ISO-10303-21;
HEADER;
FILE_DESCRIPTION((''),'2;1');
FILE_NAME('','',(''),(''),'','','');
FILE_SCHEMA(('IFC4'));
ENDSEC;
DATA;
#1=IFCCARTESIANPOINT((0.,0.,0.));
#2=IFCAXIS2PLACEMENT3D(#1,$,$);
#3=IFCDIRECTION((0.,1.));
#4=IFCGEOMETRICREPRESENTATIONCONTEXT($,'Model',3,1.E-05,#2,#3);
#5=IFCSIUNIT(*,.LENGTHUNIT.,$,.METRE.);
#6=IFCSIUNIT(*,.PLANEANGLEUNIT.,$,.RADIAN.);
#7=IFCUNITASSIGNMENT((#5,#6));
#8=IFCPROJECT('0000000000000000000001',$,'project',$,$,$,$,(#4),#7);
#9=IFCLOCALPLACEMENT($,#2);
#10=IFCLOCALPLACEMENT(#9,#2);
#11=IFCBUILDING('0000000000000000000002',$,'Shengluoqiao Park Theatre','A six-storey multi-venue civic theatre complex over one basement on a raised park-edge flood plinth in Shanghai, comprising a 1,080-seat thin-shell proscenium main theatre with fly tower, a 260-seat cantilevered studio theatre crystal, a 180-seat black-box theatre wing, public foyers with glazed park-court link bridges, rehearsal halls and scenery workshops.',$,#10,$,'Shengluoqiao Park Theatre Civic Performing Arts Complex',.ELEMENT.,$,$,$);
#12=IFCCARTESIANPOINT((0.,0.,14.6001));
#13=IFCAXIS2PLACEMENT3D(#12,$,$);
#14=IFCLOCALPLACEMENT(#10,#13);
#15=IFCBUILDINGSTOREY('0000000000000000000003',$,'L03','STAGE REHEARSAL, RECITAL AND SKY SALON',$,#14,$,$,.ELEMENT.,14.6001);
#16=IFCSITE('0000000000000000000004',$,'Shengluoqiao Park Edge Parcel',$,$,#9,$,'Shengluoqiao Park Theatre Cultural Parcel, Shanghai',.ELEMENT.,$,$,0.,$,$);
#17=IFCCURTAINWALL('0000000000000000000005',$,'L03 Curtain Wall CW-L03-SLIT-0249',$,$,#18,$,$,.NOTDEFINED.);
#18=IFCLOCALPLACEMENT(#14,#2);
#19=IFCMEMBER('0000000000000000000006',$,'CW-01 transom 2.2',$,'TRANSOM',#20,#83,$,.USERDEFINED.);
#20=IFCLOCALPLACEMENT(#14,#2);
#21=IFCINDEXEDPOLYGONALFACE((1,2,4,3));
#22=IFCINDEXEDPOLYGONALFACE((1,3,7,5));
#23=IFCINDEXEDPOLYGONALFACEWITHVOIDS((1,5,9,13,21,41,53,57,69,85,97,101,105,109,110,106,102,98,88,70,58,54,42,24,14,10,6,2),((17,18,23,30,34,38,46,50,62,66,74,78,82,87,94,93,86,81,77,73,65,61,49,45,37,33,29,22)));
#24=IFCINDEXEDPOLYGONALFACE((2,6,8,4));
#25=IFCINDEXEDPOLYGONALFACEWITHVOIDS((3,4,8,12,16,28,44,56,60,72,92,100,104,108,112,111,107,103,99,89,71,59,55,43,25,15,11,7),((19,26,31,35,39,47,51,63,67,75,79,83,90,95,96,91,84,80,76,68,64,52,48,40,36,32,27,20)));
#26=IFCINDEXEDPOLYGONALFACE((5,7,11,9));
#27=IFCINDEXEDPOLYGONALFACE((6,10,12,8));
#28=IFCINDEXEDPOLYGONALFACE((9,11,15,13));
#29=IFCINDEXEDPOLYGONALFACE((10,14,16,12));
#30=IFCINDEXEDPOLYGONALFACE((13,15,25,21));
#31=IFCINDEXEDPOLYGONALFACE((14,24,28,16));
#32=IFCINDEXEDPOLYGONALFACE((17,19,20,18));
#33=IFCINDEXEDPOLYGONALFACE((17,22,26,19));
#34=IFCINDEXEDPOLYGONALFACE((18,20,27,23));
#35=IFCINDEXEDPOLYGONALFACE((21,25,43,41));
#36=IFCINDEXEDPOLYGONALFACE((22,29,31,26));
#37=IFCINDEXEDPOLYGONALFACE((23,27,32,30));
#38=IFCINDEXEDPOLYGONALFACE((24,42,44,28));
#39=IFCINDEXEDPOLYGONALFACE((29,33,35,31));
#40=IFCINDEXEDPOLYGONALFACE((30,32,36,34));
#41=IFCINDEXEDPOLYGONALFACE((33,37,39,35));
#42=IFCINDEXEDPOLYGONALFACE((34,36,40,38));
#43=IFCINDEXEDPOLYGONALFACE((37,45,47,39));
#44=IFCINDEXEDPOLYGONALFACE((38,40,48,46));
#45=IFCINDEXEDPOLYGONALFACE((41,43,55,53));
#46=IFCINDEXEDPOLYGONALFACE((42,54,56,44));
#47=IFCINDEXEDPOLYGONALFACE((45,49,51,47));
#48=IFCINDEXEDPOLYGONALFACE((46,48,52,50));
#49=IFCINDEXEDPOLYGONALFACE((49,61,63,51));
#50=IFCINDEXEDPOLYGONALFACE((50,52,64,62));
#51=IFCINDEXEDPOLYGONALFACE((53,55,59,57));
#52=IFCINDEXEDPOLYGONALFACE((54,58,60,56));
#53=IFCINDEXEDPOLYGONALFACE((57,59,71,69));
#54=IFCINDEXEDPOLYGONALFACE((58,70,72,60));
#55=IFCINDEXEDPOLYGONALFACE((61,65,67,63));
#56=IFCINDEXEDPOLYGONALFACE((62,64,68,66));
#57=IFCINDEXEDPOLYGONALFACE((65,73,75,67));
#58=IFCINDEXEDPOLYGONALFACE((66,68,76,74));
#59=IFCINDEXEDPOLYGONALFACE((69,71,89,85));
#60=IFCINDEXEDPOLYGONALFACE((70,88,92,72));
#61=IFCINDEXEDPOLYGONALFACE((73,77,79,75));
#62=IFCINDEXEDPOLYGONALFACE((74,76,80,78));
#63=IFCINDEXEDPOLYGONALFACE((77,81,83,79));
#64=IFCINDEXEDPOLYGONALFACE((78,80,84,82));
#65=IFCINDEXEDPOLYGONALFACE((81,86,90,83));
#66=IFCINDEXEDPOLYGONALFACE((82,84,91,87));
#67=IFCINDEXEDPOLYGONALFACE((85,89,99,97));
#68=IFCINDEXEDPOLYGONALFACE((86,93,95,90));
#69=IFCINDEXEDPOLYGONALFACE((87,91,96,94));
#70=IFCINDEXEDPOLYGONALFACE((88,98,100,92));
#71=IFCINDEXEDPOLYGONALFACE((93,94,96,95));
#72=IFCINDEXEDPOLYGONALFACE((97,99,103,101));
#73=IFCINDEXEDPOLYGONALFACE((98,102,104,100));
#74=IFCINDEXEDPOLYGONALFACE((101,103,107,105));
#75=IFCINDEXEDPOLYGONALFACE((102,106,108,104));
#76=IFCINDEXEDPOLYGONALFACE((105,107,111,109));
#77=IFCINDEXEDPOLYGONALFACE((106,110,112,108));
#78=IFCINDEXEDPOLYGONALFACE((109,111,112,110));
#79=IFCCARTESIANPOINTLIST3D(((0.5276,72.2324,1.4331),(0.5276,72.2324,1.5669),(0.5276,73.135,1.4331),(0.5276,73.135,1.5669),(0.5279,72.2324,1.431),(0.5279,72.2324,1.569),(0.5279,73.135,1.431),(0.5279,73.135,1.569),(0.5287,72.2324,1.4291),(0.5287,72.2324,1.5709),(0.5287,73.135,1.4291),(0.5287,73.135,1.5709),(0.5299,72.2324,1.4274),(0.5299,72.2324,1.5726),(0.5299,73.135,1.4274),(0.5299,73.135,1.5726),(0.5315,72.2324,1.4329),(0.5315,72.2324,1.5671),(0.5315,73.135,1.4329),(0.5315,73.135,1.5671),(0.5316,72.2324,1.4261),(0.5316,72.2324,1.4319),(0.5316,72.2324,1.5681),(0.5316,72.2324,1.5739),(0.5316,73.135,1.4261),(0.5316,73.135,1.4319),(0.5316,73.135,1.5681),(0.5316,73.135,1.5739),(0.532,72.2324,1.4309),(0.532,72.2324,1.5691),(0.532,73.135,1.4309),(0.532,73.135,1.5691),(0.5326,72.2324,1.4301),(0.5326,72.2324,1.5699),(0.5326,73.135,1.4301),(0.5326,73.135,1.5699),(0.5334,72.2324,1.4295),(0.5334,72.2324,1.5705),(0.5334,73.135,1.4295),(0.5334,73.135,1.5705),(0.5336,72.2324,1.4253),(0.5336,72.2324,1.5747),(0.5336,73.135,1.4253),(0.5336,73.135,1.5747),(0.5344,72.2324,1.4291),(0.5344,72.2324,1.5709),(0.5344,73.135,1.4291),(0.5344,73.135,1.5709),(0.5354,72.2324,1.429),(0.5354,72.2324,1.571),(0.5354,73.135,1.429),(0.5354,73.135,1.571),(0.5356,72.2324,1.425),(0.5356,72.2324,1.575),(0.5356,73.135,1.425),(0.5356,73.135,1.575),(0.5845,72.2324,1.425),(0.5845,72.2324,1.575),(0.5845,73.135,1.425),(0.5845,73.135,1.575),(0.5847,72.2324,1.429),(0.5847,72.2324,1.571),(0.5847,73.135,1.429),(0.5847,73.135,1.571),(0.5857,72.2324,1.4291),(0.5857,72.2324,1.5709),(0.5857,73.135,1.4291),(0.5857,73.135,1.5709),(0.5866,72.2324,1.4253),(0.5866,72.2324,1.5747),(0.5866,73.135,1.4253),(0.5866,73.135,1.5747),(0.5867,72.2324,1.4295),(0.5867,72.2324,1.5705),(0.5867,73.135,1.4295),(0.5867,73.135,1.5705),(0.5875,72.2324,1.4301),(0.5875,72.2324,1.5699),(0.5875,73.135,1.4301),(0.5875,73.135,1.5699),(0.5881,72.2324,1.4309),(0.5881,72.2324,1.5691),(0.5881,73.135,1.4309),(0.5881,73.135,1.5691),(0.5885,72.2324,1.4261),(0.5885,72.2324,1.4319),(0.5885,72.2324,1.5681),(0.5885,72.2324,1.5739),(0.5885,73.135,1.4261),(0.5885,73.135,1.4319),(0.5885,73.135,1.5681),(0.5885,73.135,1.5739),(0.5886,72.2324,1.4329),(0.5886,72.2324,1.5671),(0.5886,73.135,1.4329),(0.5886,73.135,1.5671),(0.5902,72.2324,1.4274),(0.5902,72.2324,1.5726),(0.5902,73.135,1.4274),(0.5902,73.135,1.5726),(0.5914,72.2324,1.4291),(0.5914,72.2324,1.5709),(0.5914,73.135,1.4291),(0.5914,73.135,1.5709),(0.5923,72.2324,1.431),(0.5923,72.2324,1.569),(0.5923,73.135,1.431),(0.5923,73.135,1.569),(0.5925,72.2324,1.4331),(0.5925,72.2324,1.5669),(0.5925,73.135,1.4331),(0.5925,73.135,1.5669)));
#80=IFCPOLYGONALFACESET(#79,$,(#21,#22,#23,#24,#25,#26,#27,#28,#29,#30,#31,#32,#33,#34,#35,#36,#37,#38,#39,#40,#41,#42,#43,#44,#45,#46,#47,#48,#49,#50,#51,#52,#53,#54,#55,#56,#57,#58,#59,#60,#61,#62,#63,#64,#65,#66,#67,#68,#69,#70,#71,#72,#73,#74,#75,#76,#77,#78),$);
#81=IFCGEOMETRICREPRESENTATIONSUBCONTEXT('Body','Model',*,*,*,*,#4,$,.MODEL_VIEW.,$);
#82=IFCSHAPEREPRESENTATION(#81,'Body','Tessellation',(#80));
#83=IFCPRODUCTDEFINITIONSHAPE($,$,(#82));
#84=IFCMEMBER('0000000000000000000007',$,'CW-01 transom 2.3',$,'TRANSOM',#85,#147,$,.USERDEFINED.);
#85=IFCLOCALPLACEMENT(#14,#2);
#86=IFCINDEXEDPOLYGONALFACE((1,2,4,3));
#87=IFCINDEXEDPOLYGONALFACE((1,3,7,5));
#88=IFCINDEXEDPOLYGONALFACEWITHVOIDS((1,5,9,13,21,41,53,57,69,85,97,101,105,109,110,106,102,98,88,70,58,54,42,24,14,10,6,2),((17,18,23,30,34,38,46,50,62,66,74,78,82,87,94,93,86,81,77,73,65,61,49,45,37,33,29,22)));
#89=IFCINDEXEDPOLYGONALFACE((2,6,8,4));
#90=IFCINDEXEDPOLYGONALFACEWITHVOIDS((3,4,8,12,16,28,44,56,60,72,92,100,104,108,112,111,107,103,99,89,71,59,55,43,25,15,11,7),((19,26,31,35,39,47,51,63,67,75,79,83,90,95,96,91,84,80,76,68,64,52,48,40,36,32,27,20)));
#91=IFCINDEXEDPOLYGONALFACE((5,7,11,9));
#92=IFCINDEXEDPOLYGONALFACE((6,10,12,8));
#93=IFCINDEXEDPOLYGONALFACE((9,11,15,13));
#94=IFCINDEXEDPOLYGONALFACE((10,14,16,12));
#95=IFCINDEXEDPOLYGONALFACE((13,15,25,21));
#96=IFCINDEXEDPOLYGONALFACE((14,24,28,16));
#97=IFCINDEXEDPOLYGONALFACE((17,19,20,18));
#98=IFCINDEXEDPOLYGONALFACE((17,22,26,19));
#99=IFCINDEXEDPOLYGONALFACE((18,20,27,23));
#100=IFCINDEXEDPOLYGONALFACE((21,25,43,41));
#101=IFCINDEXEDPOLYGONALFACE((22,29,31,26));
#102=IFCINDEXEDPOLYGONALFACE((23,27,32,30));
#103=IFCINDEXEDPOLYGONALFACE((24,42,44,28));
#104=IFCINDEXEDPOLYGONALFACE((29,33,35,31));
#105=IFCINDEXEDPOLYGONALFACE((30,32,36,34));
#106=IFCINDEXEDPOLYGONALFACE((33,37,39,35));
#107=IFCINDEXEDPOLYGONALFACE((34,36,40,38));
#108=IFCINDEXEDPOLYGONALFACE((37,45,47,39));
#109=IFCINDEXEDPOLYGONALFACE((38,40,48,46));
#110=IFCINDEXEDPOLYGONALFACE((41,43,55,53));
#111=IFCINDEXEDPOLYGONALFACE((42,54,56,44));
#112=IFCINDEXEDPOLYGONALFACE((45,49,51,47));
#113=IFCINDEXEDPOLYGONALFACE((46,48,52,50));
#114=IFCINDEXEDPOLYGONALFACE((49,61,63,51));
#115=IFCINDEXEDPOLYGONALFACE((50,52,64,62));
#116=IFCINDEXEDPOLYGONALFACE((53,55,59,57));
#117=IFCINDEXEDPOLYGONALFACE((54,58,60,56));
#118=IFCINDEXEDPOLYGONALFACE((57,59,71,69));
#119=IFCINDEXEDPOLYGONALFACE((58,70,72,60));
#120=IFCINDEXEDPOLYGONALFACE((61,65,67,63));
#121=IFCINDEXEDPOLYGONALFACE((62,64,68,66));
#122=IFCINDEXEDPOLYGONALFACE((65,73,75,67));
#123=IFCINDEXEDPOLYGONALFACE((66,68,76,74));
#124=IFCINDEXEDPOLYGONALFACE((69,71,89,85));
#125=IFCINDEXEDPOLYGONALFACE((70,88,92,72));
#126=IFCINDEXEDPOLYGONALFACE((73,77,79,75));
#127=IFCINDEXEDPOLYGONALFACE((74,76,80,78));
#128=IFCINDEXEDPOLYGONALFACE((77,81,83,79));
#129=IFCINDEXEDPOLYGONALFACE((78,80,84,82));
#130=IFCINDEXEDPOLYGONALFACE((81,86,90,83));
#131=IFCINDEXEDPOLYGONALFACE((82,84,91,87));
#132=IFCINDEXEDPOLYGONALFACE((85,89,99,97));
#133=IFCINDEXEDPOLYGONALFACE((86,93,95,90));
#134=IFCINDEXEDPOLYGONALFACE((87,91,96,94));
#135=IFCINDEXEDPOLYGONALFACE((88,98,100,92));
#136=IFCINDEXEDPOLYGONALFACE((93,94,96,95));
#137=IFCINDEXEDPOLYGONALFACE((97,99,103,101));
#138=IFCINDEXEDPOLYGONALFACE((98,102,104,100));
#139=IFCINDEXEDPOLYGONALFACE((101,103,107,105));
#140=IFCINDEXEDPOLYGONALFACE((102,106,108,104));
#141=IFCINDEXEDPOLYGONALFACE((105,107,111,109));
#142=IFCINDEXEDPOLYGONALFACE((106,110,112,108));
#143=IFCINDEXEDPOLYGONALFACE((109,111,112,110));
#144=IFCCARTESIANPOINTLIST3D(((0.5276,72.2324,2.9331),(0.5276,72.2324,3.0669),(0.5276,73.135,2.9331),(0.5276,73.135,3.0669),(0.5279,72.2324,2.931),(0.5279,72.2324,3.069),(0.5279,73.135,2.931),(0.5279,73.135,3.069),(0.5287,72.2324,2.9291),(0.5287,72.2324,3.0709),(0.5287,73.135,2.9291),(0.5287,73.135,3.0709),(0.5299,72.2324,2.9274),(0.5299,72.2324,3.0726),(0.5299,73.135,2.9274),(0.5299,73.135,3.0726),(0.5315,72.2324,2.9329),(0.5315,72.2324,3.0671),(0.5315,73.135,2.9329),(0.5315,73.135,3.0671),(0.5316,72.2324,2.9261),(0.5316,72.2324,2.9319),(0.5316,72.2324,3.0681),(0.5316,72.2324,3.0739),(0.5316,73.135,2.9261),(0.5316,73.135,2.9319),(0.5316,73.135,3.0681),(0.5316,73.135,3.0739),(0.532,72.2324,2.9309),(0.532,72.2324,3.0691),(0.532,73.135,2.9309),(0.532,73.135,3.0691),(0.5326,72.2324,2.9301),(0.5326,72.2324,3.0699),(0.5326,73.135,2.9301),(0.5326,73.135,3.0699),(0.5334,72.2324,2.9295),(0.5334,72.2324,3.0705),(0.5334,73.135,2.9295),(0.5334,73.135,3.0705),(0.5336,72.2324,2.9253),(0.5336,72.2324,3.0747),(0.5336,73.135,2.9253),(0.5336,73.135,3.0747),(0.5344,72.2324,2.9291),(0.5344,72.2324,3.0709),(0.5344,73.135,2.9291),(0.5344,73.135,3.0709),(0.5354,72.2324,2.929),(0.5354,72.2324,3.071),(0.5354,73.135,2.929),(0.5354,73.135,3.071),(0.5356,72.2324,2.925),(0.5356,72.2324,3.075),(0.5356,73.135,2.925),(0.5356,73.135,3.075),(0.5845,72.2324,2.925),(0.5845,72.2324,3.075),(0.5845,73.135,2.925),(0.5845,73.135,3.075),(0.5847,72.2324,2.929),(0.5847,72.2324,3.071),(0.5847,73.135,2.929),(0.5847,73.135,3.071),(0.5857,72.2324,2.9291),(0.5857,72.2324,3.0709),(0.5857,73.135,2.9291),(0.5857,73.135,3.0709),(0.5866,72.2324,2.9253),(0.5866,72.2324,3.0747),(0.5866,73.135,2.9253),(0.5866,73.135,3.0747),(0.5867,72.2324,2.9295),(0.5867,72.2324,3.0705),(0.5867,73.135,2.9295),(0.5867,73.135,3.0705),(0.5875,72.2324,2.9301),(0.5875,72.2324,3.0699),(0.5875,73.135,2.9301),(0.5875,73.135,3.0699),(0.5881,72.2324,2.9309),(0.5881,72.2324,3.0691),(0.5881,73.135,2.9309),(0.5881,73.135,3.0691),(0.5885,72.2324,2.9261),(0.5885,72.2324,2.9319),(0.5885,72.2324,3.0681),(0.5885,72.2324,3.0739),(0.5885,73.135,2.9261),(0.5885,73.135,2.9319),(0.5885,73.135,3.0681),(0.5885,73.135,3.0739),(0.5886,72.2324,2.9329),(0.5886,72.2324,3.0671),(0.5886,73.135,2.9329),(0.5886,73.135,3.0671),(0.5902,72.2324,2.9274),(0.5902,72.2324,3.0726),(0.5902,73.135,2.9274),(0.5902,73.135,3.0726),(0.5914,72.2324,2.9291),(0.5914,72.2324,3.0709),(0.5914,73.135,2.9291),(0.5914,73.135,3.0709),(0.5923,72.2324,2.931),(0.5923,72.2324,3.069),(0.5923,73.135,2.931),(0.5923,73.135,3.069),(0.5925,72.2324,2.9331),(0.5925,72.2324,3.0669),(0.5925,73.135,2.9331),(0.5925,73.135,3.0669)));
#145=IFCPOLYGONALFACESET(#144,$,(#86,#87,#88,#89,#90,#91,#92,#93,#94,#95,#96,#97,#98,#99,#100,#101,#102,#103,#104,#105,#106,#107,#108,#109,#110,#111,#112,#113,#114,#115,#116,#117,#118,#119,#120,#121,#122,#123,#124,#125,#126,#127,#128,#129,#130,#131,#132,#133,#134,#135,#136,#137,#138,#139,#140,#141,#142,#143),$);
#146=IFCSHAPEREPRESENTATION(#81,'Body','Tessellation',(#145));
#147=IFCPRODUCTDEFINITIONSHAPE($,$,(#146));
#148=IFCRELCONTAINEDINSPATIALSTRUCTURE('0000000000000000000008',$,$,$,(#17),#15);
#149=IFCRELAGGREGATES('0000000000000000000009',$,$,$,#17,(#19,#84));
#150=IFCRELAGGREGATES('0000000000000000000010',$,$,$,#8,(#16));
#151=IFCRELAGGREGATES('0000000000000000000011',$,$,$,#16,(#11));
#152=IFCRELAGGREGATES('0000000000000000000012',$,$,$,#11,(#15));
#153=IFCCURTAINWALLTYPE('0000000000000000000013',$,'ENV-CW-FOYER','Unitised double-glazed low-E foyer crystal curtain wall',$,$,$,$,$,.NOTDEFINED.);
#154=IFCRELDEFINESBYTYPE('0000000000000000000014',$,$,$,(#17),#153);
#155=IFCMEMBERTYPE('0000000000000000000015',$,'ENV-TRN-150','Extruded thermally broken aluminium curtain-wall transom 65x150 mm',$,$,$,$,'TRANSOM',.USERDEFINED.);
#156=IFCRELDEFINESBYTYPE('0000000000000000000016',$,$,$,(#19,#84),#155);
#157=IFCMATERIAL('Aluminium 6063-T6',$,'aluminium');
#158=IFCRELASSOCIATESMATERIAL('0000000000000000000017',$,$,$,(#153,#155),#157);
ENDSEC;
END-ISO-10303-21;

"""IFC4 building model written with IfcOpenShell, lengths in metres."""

from ifc_helpers import new_model, si_unit, direction, frame, origin, origin_2d, place, context, subcontext, project, spatial, hollow_rectangle, extrude, material, material_profile, profile_set, type_object, element, aggregate, save


model = new_model("IFC4")

# Units and contexts
model_context = context("Model", 3, precision=1e-05, world=origin(), true_north=direction((0.0, 1.0)))
body_context = subcontext(model_context, "Body", "Model", "MODEL_VIEW")
ifc_project = project(units=[si_unit("LENGTHUNIT", "METRE"), si_unit("PLANEANGLEUNIT", "RADIAN")], contexts=[model_context])

# Site, building, storey
site_placement = place(None, origin())
site = spatial("IfcSite", under=ifc_project, at=site_placement, Name="Shengluoqiao Park Edge Parcel", LongName="Shengluoqiao Park Theatre Cultural Parcel, Shanghai", CompositionType="ELEMENT", RefElevation=0.0)
building_placement = place(site_placement, origin())
building = spatial("IfcBuilding", under=site, at=building_placement, Name="Shengluoqiao Park Theatre", Description="A six-storey multi-venue civic theatre complex over one basement on a raised park-edge flood plinth in Shanghai, comprising a 1,080-seat thin-shell proscenium main theatre with fly tower, a 260-seat cantilevered studio theatre crystal, a 180-seat black-box theatre wing, public foyers with glazed park-court link bridges, rehearsal halls and scenery workshops.", LongName="Shengluoqiao Park Theatre Civic Performing Arts Complex", CompositionType="ELEMENT")
storey_placement = place(building_placement, frame((0.0, 0.0, 14.6001)))
storey = spatial("IfcBuildingStorey", under=building, at=storey_placement, Name="L03", Description="STAGE REHEARSAL, RECITAL AND SKY SALON", CompositionType="ELEMENT", Elevation=14.6001)

# Curtain wall, members
ifc_material_1 = material(Name="Aluminium 6063-T6", Category="aluminium")
curtain_wall_type = type_object("IfcCurtainWallType", Name="ENV-CW-FOYER", Description="Unitised double-glazed low-E foyer crystal curtain wall", PredefinedType="NOTDEFINED", material=ifc_material_1)
curtain_wall_placement = place(storey_placement, origin())
curtain_wall = element("IfcCurtainWall", 1, at=curtain_wall_placement, inside=storey, type_object=curtain_wall_type, Name="L03 Curtain Wall CW-L03-SLIT-0249", PredefinedType="NOTDEFINED")
ifc_material_profile_1 = material_profile(ifc_material_1, hollow_rectangle(XDim=0.0649, YDim=0.1499, WallThickness=0.0039, InnerFilletRadius=0.0039, OuterFilletRadius=0.0081, at=origin_2d()), Name="ALU TRANSOM 150x65x4")
ifc_profile_set_1 = profile_set([ifc_material_profile_1], Name="Aluminium 6063-T6")
member_type_1 = type_object("IfcMemberType", Name="ENV-TRN-150", Description="Extruded thermally broken aluminium curtain-wall transom 65x150 mm", ElementType="TRANSOM", PredefinedType="USERDEFINED", material=ifc_profile_set_1)
member_1_placement = place(storey_placement, frame((0.5601, 72.2324, 1.5), z_axis=(0.0, 1.0, 0.0), x_axis=(-1.0, 0.0, 0.0)))
member_1 = element("IfcMember", 2, at=member_1_placement, type_object=member_type_1, Name="CW-01 transom 2.2", ObjectType="TRANSOM", PredefinedType="USERDEFINED", context=body_context, shape_type="SweptSolid", body=[
    extrude(hollow_rectangle(XDim=0.0649, YDim=0.1499, WallThickness=0.0039, InnerFilletRadius=0.0039, OuterFilletRadius=0.0081, at=origin_2d()), origin(), (0.0, 0.0, 1.0), 0.9026),
])
member_2_placement = place(storey_placement, frame((0.5601, 72.2324, 3.0), z_axis=(0.0, 1.0, 0.0), x_axis=(-1.0, 0.0, 0.0)))
member_2 = element("IfcMember", 3, at=member_2_placement, type_object=member_type_1, Name="CW-01 transom 2.3", ObjectType="TRANSOM", PredefinedType="USERDEFINED", context=body_context, shape_type="SweptSolid", body=[
    extrude(hollow_rectangle(XDim=0.0649, YDim=0.1499, WallThickness=0.0039, InnerFilletRadius=0.0039, OuterFilletRadius=0.0081, at=origin_2d()), origin(), (0.0, 0.0, 1.0), 0.9026),
])

aggregate(curtain_wall, [member_1, member_2])

save(model, "model.ifc")
